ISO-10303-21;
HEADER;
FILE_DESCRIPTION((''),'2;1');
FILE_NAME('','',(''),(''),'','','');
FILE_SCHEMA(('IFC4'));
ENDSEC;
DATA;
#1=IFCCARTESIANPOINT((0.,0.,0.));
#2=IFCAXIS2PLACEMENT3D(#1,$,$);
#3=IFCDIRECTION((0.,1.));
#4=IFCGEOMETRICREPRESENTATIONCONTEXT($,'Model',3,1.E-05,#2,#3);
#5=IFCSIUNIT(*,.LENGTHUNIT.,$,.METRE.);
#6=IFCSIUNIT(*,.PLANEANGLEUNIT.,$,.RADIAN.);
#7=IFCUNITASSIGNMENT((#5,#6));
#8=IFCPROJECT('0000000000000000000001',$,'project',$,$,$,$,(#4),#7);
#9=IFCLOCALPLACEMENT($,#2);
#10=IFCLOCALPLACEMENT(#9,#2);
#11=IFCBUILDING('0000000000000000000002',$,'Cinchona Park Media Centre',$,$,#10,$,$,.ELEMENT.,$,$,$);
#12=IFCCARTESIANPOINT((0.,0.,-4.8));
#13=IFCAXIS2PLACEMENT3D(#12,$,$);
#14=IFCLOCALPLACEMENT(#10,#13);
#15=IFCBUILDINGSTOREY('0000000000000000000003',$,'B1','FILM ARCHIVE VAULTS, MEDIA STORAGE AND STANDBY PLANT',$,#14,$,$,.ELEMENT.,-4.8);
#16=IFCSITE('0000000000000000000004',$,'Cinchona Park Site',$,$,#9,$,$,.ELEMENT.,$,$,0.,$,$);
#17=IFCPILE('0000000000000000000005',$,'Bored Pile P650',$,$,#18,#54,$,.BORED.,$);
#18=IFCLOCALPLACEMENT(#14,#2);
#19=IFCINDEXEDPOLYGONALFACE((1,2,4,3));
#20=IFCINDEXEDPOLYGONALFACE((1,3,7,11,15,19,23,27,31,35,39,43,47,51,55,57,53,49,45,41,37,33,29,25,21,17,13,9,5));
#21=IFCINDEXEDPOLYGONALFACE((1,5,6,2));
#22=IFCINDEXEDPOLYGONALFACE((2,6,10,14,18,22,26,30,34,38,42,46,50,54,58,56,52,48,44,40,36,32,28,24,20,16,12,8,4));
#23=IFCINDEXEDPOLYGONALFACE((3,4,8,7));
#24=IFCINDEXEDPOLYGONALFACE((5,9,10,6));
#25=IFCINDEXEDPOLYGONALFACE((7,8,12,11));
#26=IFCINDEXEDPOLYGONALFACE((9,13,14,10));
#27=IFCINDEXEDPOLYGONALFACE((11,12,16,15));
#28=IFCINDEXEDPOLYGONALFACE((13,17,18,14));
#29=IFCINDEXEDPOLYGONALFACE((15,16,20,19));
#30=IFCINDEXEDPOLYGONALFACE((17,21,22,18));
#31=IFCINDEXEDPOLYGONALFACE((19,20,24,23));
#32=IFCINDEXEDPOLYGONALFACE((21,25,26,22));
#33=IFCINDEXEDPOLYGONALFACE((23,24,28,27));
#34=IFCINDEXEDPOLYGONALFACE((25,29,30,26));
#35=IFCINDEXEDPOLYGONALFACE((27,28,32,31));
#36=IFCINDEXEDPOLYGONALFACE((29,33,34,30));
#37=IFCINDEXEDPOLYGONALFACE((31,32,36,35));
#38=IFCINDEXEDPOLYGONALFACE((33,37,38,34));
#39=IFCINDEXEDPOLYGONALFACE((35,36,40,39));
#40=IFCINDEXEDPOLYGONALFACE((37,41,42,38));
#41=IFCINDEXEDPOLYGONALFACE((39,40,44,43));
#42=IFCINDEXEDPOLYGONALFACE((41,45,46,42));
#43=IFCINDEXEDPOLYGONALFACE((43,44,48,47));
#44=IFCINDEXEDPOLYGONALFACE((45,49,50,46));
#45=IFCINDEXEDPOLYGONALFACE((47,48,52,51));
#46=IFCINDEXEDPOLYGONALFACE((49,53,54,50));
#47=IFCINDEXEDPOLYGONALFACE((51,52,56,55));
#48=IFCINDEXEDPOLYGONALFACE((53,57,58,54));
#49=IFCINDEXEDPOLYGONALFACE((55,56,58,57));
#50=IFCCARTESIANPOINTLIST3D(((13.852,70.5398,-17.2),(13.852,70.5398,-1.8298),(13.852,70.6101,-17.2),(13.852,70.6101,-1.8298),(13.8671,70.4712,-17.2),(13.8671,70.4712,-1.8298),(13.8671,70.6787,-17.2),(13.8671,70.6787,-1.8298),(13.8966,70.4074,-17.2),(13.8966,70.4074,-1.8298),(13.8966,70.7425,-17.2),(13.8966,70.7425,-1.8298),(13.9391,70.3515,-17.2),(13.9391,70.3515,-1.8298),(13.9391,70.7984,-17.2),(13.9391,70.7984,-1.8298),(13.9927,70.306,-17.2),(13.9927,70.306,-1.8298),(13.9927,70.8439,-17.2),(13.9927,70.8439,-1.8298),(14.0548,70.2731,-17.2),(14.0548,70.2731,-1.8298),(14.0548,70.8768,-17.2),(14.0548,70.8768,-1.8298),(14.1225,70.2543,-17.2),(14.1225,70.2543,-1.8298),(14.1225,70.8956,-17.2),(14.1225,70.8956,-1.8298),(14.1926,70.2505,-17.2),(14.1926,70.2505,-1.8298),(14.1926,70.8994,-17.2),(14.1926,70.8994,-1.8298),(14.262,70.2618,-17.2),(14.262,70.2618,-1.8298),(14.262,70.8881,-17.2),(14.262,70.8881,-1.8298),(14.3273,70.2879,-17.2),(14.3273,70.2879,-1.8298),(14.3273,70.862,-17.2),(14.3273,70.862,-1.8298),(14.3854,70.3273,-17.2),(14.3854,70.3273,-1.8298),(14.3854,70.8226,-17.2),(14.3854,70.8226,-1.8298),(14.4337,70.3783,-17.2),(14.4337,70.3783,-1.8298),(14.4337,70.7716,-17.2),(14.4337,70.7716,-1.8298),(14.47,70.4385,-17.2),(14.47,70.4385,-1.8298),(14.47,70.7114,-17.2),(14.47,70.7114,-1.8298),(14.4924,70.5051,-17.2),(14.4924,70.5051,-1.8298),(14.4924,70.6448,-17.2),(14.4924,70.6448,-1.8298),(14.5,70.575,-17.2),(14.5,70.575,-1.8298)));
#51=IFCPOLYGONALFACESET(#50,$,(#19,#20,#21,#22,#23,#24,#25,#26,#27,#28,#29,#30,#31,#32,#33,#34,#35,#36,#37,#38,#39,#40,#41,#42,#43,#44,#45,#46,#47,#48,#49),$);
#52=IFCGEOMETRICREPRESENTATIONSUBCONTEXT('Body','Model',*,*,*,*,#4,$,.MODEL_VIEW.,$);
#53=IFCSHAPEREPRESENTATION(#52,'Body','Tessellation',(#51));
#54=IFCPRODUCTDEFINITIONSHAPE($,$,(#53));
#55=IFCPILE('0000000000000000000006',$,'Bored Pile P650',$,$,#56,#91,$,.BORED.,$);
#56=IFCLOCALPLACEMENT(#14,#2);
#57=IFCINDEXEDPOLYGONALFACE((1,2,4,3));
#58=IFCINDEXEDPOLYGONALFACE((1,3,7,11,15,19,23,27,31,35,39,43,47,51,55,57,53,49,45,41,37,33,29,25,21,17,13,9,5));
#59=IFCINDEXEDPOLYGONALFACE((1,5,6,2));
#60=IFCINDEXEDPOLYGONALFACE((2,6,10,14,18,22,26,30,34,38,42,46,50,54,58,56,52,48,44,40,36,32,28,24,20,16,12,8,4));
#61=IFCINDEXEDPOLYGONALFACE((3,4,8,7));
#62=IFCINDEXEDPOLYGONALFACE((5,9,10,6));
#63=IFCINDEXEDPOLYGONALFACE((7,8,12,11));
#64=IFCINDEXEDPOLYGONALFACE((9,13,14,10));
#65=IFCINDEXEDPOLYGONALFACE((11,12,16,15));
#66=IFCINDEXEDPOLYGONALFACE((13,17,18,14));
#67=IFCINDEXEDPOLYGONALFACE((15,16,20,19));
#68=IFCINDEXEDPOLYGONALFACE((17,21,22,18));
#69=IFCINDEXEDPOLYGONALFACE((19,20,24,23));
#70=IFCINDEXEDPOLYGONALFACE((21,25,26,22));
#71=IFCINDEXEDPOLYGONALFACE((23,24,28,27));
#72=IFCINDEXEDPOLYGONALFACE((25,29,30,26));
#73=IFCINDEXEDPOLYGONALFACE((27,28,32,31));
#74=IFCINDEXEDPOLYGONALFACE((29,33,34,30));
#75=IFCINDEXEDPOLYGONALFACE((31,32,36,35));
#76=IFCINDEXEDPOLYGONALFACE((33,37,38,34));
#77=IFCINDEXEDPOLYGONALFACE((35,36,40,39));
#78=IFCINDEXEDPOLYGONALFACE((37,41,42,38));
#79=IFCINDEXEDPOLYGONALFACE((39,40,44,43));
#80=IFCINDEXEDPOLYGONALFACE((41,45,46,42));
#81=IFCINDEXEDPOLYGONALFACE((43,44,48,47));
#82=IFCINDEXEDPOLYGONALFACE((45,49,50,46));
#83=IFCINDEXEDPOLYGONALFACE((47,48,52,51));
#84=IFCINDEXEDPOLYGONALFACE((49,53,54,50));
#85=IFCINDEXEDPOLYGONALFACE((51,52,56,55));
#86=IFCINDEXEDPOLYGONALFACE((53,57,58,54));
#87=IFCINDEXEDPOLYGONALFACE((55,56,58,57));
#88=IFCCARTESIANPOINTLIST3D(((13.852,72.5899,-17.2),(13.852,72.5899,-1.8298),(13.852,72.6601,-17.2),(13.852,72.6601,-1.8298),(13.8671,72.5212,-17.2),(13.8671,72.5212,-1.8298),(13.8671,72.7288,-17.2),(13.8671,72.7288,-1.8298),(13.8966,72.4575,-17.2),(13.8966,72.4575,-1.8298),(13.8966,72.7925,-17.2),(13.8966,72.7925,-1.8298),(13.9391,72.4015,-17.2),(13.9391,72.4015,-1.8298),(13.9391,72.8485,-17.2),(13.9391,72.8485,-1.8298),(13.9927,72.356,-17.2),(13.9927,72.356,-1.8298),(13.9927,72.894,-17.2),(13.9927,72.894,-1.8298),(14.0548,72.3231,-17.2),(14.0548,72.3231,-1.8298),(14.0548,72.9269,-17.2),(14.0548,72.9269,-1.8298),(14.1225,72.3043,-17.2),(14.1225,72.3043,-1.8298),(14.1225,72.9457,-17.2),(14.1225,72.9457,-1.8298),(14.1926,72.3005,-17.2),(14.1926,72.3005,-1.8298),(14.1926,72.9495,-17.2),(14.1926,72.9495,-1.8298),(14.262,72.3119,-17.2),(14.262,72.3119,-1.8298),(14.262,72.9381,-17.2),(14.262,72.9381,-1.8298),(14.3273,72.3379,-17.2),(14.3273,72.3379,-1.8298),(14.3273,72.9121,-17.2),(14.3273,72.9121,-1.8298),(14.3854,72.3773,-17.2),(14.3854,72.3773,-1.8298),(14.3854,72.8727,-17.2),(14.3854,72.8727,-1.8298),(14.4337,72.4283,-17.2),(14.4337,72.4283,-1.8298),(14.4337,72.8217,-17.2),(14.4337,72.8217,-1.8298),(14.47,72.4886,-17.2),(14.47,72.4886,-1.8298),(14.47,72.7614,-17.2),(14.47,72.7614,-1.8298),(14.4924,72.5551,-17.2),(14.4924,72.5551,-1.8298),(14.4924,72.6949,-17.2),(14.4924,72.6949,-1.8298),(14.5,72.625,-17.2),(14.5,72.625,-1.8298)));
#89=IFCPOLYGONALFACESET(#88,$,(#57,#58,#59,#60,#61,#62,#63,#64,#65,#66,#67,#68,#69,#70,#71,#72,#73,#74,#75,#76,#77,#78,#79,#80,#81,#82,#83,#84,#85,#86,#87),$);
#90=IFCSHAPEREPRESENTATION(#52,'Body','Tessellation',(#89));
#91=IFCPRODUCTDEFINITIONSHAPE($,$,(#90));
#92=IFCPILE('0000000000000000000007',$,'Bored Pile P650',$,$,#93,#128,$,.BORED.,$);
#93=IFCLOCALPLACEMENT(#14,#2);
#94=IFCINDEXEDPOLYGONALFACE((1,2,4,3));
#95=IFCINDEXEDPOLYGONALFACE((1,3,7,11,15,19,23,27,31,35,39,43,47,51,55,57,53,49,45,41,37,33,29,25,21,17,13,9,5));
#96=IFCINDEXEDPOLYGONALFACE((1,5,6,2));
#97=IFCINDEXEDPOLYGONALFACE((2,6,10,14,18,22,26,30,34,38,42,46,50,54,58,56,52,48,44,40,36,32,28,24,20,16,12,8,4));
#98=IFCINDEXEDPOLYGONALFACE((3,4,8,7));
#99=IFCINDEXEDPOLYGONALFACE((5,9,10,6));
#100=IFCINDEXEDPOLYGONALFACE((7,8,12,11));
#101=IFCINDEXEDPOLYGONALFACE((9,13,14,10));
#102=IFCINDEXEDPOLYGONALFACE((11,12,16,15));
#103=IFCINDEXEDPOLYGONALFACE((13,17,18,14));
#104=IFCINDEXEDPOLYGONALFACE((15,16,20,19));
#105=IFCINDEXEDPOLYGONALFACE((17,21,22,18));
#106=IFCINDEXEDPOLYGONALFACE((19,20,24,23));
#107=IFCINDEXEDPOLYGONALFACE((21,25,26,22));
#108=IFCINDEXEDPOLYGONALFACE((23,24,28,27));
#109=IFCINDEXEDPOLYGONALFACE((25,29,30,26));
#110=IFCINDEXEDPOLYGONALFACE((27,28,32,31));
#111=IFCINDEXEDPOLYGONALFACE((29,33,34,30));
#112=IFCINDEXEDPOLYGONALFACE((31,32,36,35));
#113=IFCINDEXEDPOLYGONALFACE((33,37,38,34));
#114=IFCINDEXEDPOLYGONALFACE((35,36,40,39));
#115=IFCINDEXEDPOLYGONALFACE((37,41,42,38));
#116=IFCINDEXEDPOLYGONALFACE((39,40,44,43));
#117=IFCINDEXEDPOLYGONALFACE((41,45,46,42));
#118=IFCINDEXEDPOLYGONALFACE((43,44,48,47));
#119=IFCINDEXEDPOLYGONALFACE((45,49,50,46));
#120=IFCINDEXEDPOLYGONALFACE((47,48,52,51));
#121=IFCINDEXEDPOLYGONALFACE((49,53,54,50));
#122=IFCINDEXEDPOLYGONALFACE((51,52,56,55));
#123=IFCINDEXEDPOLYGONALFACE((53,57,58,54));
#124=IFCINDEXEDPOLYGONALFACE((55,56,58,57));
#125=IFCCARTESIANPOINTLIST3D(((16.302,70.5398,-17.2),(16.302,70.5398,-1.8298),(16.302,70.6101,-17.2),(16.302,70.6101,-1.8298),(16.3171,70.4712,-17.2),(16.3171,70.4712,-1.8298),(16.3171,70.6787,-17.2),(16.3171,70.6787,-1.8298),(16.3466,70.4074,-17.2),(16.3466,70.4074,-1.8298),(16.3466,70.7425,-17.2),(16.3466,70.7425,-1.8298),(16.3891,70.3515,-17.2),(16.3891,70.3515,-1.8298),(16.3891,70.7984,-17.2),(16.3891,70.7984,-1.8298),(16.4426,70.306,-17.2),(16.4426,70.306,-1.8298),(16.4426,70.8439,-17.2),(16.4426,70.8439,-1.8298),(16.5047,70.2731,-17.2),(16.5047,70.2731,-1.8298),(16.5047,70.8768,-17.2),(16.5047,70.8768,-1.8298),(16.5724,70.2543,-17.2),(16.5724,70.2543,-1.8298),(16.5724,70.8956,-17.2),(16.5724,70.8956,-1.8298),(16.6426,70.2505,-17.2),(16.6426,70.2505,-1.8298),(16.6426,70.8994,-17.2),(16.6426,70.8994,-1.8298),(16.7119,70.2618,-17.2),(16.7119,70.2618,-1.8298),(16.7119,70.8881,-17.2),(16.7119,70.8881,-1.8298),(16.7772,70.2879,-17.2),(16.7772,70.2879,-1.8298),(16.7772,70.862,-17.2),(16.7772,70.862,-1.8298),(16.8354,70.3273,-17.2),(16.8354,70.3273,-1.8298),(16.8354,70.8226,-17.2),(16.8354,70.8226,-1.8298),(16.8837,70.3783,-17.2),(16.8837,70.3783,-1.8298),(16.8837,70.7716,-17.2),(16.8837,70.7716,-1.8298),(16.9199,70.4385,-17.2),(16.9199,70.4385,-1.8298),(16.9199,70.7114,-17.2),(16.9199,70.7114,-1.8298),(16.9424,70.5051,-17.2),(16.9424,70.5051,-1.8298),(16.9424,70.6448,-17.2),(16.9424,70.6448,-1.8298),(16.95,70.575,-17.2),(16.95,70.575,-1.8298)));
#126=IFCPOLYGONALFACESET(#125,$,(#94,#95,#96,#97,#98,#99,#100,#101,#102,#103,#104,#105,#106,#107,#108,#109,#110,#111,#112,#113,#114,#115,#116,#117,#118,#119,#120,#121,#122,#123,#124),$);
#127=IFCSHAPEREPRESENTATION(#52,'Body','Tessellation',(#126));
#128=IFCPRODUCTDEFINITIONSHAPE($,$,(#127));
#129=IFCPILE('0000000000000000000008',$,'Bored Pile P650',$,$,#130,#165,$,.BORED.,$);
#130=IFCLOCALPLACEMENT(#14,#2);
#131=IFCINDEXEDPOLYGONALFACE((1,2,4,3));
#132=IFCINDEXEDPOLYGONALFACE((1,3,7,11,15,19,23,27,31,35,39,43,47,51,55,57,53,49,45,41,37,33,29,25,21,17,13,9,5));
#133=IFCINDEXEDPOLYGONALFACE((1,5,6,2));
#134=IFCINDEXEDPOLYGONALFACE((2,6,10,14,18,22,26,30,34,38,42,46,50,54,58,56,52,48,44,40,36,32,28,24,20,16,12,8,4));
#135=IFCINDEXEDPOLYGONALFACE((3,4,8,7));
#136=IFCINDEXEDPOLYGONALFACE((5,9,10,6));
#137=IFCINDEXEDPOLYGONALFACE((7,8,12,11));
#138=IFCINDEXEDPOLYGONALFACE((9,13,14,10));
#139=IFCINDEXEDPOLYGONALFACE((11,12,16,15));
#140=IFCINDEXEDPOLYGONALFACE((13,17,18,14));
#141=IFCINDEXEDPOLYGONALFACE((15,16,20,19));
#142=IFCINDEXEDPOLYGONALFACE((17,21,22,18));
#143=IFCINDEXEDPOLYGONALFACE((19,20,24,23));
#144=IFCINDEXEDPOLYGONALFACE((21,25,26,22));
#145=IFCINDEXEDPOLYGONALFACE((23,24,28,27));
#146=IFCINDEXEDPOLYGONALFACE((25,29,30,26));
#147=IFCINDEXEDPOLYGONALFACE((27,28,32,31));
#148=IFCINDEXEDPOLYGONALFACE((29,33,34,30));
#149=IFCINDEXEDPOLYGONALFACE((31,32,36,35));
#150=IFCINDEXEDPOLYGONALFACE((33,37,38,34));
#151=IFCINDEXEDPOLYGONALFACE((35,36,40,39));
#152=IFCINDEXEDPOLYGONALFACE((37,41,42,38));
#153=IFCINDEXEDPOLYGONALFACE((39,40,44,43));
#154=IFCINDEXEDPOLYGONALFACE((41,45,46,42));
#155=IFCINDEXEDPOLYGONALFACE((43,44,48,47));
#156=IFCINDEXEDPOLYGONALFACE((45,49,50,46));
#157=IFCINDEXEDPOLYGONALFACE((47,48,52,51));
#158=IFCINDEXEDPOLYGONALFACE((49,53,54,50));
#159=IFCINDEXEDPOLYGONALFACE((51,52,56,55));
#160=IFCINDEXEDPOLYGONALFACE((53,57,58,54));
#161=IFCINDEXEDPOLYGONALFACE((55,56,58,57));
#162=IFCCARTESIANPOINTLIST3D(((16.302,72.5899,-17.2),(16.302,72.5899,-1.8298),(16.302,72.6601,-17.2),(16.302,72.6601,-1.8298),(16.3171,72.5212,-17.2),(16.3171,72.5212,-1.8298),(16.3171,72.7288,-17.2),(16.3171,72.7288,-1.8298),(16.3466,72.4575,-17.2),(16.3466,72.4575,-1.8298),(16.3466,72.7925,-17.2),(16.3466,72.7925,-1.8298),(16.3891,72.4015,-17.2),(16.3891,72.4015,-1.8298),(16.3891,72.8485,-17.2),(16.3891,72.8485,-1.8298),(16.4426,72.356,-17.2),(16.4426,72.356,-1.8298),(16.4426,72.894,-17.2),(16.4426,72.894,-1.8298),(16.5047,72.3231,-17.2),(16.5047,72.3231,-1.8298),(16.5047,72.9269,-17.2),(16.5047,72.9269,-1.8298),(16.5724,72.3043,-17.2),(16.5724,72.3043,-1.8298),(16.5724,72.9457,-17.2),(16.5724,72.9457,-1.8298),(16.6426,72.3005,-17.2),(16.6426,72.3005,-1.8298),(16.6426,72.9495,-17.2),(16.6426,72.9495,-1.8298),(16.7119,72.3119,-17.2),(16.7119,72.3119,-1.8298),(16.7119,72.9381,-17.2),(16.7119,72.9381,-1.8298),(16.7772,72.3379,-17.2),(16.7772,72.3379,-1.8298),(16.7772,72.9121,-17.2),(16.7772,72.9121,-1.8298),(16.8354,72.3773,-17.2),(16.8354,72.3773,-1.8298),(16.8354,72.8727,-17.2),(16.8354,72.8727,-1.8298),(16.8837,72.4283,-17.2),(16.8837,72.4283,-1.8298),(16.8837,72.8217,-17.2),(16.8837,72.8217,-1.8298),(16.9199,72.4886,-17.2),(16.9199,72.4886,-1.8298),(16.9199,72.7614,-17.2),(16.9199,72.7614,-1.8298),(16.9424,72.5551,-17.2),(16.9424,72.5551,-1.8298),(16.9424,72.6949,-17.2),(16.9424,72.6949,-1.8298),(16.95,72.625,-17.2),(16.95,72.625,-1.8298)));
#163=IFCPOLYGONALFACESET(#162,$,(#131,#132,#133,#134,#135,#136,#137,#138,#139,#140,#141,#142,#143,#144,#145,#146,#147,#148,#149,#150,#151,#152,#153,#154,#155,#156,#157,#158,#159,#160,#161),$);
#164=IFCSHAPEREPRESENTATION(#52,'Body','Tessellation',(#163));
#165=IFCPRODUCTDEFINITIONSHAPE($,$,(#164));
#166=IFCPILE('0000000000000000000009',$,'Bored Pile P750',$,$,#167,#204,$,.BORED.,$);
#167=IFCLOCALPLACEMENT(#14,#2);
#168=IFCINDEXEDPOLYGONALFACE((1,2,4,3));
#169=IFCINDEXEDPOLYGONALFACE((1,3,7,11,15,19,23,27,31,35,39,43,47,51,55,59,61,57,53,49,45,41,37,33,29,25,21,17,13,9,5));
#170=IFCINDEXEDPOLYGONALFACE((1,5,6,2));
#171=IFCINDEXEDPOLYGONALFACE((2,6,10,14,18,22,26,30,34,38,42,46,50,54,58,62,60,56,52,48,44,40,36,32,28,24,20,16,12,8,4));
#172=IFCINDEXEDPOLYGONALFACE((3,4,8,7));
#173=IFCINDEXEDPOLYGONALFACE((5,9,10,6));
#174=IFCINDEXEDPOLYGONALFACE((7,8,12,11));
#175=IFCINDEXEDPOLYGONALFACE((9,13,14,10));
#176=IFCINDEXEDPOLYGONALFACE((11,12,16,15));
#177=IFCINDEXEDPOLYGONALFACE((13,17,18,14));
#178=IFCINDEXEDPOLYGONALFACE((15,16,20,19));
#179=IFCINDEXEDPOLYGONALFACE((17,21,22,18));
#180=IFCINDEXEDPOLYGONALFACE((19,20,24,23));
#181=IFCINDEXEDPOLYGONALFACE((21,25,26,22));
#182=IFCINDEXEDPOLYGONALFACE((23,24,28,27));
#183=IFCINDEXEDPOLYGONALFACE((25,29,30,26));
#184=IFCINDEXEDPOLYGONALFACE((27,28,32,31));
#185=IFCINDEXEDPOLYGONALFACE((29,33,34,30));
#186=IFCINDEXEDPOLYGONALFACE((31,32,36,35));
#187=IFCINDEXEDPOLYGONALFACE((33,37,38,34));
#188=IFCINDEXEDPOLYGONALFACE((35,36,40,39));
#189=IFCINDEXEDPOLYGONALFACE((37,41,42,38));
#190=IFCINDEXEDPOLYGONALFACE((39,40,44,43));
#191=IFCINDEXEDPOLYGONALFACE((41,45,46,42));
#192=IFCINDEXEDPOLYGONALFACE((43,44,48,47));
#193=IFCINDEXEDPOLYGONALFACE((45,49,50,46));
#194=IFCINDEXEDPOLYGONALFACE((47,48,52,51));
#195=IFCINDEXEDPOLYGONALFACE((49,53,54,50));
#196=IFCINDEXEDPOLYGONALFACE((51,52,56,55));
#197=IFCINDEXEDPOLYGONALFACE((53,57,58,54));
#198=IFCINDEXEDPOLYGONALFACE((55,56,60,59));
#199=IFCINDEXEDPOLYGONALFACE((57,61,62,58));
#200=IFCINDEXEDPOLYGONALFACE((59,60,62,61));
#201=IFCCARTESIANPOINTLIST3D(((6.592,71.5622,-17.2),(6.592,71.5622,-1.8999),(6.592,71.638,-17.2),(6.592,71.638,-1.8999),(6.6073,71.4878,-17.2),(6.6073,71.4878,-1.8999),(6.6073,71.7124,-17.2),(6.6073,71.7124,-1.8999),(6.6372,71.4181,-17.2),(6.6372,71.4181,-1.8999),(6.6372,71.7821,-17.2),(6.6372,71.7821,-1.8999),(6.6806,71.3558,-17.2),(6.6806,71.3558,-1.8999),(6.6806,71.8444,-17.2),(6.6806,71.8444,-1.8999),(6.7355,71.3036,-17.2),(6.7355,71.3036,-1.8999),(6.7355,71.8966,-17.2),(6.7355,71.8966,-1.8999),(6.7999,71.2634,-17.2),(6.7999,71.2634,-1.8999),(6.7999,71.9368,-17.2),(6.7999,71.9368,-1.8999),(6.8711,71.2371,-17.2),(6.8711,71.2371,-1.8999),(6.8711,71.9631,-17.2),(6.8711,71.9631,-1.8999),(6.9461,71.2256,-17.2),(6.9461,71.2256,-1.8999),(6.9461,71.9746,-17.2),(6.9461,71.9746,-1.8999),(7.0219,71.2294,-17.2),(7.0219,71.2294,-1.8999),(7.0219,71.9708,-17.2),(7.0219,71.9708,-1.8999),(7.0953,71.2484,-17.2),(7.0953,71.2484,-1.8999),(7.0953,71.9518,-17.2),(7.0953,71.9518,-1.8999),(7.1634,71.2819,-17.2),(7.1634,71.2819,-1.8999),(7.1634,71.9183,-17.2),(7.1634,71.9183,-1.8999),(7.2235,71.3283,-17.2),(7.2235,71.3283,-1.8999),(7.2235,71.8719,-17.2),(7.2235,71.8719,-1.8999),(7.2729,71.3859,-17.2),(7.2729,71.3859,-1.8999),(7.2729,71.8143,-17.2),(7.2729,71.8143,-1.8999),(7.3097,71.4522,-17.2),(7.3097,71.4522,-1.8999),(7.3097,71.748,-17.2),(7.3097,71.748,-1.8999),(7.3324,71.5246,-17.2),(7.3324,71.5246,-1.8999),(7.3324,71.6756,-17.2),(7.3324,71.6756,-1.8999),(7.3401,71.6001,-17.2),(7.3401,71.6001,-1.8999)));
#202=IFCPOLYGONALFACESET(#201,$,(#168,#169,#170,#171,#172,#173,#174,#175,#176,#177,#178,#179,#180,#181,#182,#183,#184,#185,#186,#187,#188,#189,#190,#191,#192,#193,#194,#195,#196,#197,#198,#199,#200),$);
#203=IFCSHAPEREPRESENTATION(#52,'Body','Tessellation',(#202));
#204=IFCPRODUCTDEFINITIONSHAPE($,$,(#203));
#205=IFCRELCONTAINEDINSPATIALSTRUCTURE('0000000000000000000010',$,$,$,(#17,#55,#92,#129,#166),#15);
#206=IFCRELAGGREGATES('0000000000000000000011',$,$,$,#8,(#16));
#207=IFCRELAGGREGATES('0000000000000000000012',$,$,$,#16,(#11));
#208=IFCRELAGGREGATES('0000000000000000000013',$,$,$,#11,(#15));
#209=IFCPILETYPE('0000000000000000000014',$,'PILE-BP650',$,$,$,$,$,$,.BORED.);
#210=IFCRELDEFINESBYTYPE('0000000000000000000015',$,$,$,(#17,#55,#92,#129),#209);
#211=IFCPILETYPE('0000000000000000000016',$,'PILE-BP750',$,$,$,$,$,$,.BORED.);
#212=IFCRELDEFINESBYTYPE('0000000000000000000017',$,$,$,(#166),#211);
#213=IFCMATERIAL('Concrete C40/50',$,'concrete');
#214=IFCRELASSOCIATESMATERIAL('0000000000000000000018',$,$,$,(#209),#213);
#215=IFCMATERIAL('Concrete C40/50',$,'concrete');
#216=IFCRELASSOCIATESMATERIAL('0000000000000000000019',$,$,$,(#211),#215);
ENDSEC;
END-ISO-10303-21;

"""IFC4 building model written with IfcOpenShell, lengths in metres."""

from ifc_helpers import new_model, si_unit, direction, frame, origin, origin_2d, place, context, subcontext, project, spatial, circle, extrude, material, material_profile, profile_set, type_object, element, save


model = new_model("IFC4")

# Units and contexts
model_context = context("Model", 3, precision=1e-05, world=origin(), true_north=direction((0.0, 1.0)))
body_context = subcontext(model_context, "Body", "Model", "MODEL_VIEW")
ifc_project = project(units=[si_unit("LENGTHUNIT", "METRE"), si_unit("PLANEANGLEUNIT", "RADIAN")], contexts=[model_context])

# Site, building, storey
site_placement = place(None, origin())
site = spatial("IfcSite", under=ifc_project, at=site_placement, Name="Cinchona Park Site", CompositionType="ELEMENT", RefElevation=0.0)
building_placement = place(site_placement, origin())
building = spatial("IfcBuilding", under=site, at=building_placement, Name="Cinchona Park Media Centre", CompositionType="ELEMENT")
storey_placement = place(building_placement, frame((0.0, 0.0, -4.8)))
storey = spatial("IfcBuildingStorey", under=building, at=storey_placement, Name="B1", Description="FILM ARCHIVE VAULTS, MEDIA STORAGE AND STANDBY PLANT", CompositionType="ELEMENT", Elevation=-4.8)

# Piles
ifc_material_1 = material(Name="Concrete C40/50", Category="concrete")
ifc_material_profile_1 = material_profile(ifc_material_1, circle(Radius=0.325, at=origin_2d()), Name="BORED PILE 650")
ifc_profile_set_1 = profile_set([ifc_material_profile_1], Name="Concrete C40/50")
pile_type_1 = type_object("IfcPileType", Name="PILE-BP650", PredefinedType="BORED", material=ifc_profile_set_1)
for number, where, z_axis, x_axis, name in (
    (1, (14.175, 70.575, -1.8298), (0.0, 0.0, -1.0), (1.0, 0.0, 0.0), "Bored Pile P650"),
    (2, (14.175, 72.625, -1.8298), (0.0, 0.0, -1.0), (1.0, 0.0, 0.0), "Bored Pile P650"),
    (3, (16.625, 70.575, -1.8298), (0.0, 0.0, -1.0), (1.0, 0.0, 0.0), "Bored Pile P650"),
    (4, (16.625, 72.625, -1.8298), (0.0, 0.0, -1.0), (1.0, 0.0, 0.0), "Bored Pile P650"),
):
    element("IfcPile", number, at=place(storey_placement, frame(where, z_axis=z_axis, x_axis=x_axis)), inside=storey, type_object=pile_type_1, Name=name, PredefinedType="BORED", context=body_context, shape_type="SweptSolid", body=[
        extrude(circle(Radius=0.325, at=origin_2d()), origin(), (0.0, 0.0, 1.0), 15.3701),
    ])
ifc_material_2 = material(Name="Concrete C40/50", Category="concrete")
ifc_material_profile_2 = material_profile(ifc_material_2, circle(Radius=0.375, at=origin_2d()), Name="BORED PILE 750")
ifc_profile_set_2 = profile_set([ifc_material_profile_2], Name="Concrete C40/50")
pile_type_2 = type_object("IfcPileType", Name="PILE-BP750", PredefinedType="BORED", material=ifc_profile_set_2)
for number, where, z_axis, x_axis, name in (
    (5, (6.9651, 71.6001, -1.8999), (0.0, 0.0, -1.0), (1.0, 0.0, 0.0), "Bored Pile P750"),
):
    element("IfcPile", number, at=place(storey_placement, frame(where, z_axis=z_axis, x_axis=x_axis)), inside=storey, type_object=pile_type_2, Name=name, PredefinedType="BORED", context=body_context, shape_type="SweptSolid", body=[
        extrude(circle(Radius=0.375, at=origin_2d()), origin(), (0.0, 0.0, 1.0), 15.3),
    ])

save(model, "model.ifc")
